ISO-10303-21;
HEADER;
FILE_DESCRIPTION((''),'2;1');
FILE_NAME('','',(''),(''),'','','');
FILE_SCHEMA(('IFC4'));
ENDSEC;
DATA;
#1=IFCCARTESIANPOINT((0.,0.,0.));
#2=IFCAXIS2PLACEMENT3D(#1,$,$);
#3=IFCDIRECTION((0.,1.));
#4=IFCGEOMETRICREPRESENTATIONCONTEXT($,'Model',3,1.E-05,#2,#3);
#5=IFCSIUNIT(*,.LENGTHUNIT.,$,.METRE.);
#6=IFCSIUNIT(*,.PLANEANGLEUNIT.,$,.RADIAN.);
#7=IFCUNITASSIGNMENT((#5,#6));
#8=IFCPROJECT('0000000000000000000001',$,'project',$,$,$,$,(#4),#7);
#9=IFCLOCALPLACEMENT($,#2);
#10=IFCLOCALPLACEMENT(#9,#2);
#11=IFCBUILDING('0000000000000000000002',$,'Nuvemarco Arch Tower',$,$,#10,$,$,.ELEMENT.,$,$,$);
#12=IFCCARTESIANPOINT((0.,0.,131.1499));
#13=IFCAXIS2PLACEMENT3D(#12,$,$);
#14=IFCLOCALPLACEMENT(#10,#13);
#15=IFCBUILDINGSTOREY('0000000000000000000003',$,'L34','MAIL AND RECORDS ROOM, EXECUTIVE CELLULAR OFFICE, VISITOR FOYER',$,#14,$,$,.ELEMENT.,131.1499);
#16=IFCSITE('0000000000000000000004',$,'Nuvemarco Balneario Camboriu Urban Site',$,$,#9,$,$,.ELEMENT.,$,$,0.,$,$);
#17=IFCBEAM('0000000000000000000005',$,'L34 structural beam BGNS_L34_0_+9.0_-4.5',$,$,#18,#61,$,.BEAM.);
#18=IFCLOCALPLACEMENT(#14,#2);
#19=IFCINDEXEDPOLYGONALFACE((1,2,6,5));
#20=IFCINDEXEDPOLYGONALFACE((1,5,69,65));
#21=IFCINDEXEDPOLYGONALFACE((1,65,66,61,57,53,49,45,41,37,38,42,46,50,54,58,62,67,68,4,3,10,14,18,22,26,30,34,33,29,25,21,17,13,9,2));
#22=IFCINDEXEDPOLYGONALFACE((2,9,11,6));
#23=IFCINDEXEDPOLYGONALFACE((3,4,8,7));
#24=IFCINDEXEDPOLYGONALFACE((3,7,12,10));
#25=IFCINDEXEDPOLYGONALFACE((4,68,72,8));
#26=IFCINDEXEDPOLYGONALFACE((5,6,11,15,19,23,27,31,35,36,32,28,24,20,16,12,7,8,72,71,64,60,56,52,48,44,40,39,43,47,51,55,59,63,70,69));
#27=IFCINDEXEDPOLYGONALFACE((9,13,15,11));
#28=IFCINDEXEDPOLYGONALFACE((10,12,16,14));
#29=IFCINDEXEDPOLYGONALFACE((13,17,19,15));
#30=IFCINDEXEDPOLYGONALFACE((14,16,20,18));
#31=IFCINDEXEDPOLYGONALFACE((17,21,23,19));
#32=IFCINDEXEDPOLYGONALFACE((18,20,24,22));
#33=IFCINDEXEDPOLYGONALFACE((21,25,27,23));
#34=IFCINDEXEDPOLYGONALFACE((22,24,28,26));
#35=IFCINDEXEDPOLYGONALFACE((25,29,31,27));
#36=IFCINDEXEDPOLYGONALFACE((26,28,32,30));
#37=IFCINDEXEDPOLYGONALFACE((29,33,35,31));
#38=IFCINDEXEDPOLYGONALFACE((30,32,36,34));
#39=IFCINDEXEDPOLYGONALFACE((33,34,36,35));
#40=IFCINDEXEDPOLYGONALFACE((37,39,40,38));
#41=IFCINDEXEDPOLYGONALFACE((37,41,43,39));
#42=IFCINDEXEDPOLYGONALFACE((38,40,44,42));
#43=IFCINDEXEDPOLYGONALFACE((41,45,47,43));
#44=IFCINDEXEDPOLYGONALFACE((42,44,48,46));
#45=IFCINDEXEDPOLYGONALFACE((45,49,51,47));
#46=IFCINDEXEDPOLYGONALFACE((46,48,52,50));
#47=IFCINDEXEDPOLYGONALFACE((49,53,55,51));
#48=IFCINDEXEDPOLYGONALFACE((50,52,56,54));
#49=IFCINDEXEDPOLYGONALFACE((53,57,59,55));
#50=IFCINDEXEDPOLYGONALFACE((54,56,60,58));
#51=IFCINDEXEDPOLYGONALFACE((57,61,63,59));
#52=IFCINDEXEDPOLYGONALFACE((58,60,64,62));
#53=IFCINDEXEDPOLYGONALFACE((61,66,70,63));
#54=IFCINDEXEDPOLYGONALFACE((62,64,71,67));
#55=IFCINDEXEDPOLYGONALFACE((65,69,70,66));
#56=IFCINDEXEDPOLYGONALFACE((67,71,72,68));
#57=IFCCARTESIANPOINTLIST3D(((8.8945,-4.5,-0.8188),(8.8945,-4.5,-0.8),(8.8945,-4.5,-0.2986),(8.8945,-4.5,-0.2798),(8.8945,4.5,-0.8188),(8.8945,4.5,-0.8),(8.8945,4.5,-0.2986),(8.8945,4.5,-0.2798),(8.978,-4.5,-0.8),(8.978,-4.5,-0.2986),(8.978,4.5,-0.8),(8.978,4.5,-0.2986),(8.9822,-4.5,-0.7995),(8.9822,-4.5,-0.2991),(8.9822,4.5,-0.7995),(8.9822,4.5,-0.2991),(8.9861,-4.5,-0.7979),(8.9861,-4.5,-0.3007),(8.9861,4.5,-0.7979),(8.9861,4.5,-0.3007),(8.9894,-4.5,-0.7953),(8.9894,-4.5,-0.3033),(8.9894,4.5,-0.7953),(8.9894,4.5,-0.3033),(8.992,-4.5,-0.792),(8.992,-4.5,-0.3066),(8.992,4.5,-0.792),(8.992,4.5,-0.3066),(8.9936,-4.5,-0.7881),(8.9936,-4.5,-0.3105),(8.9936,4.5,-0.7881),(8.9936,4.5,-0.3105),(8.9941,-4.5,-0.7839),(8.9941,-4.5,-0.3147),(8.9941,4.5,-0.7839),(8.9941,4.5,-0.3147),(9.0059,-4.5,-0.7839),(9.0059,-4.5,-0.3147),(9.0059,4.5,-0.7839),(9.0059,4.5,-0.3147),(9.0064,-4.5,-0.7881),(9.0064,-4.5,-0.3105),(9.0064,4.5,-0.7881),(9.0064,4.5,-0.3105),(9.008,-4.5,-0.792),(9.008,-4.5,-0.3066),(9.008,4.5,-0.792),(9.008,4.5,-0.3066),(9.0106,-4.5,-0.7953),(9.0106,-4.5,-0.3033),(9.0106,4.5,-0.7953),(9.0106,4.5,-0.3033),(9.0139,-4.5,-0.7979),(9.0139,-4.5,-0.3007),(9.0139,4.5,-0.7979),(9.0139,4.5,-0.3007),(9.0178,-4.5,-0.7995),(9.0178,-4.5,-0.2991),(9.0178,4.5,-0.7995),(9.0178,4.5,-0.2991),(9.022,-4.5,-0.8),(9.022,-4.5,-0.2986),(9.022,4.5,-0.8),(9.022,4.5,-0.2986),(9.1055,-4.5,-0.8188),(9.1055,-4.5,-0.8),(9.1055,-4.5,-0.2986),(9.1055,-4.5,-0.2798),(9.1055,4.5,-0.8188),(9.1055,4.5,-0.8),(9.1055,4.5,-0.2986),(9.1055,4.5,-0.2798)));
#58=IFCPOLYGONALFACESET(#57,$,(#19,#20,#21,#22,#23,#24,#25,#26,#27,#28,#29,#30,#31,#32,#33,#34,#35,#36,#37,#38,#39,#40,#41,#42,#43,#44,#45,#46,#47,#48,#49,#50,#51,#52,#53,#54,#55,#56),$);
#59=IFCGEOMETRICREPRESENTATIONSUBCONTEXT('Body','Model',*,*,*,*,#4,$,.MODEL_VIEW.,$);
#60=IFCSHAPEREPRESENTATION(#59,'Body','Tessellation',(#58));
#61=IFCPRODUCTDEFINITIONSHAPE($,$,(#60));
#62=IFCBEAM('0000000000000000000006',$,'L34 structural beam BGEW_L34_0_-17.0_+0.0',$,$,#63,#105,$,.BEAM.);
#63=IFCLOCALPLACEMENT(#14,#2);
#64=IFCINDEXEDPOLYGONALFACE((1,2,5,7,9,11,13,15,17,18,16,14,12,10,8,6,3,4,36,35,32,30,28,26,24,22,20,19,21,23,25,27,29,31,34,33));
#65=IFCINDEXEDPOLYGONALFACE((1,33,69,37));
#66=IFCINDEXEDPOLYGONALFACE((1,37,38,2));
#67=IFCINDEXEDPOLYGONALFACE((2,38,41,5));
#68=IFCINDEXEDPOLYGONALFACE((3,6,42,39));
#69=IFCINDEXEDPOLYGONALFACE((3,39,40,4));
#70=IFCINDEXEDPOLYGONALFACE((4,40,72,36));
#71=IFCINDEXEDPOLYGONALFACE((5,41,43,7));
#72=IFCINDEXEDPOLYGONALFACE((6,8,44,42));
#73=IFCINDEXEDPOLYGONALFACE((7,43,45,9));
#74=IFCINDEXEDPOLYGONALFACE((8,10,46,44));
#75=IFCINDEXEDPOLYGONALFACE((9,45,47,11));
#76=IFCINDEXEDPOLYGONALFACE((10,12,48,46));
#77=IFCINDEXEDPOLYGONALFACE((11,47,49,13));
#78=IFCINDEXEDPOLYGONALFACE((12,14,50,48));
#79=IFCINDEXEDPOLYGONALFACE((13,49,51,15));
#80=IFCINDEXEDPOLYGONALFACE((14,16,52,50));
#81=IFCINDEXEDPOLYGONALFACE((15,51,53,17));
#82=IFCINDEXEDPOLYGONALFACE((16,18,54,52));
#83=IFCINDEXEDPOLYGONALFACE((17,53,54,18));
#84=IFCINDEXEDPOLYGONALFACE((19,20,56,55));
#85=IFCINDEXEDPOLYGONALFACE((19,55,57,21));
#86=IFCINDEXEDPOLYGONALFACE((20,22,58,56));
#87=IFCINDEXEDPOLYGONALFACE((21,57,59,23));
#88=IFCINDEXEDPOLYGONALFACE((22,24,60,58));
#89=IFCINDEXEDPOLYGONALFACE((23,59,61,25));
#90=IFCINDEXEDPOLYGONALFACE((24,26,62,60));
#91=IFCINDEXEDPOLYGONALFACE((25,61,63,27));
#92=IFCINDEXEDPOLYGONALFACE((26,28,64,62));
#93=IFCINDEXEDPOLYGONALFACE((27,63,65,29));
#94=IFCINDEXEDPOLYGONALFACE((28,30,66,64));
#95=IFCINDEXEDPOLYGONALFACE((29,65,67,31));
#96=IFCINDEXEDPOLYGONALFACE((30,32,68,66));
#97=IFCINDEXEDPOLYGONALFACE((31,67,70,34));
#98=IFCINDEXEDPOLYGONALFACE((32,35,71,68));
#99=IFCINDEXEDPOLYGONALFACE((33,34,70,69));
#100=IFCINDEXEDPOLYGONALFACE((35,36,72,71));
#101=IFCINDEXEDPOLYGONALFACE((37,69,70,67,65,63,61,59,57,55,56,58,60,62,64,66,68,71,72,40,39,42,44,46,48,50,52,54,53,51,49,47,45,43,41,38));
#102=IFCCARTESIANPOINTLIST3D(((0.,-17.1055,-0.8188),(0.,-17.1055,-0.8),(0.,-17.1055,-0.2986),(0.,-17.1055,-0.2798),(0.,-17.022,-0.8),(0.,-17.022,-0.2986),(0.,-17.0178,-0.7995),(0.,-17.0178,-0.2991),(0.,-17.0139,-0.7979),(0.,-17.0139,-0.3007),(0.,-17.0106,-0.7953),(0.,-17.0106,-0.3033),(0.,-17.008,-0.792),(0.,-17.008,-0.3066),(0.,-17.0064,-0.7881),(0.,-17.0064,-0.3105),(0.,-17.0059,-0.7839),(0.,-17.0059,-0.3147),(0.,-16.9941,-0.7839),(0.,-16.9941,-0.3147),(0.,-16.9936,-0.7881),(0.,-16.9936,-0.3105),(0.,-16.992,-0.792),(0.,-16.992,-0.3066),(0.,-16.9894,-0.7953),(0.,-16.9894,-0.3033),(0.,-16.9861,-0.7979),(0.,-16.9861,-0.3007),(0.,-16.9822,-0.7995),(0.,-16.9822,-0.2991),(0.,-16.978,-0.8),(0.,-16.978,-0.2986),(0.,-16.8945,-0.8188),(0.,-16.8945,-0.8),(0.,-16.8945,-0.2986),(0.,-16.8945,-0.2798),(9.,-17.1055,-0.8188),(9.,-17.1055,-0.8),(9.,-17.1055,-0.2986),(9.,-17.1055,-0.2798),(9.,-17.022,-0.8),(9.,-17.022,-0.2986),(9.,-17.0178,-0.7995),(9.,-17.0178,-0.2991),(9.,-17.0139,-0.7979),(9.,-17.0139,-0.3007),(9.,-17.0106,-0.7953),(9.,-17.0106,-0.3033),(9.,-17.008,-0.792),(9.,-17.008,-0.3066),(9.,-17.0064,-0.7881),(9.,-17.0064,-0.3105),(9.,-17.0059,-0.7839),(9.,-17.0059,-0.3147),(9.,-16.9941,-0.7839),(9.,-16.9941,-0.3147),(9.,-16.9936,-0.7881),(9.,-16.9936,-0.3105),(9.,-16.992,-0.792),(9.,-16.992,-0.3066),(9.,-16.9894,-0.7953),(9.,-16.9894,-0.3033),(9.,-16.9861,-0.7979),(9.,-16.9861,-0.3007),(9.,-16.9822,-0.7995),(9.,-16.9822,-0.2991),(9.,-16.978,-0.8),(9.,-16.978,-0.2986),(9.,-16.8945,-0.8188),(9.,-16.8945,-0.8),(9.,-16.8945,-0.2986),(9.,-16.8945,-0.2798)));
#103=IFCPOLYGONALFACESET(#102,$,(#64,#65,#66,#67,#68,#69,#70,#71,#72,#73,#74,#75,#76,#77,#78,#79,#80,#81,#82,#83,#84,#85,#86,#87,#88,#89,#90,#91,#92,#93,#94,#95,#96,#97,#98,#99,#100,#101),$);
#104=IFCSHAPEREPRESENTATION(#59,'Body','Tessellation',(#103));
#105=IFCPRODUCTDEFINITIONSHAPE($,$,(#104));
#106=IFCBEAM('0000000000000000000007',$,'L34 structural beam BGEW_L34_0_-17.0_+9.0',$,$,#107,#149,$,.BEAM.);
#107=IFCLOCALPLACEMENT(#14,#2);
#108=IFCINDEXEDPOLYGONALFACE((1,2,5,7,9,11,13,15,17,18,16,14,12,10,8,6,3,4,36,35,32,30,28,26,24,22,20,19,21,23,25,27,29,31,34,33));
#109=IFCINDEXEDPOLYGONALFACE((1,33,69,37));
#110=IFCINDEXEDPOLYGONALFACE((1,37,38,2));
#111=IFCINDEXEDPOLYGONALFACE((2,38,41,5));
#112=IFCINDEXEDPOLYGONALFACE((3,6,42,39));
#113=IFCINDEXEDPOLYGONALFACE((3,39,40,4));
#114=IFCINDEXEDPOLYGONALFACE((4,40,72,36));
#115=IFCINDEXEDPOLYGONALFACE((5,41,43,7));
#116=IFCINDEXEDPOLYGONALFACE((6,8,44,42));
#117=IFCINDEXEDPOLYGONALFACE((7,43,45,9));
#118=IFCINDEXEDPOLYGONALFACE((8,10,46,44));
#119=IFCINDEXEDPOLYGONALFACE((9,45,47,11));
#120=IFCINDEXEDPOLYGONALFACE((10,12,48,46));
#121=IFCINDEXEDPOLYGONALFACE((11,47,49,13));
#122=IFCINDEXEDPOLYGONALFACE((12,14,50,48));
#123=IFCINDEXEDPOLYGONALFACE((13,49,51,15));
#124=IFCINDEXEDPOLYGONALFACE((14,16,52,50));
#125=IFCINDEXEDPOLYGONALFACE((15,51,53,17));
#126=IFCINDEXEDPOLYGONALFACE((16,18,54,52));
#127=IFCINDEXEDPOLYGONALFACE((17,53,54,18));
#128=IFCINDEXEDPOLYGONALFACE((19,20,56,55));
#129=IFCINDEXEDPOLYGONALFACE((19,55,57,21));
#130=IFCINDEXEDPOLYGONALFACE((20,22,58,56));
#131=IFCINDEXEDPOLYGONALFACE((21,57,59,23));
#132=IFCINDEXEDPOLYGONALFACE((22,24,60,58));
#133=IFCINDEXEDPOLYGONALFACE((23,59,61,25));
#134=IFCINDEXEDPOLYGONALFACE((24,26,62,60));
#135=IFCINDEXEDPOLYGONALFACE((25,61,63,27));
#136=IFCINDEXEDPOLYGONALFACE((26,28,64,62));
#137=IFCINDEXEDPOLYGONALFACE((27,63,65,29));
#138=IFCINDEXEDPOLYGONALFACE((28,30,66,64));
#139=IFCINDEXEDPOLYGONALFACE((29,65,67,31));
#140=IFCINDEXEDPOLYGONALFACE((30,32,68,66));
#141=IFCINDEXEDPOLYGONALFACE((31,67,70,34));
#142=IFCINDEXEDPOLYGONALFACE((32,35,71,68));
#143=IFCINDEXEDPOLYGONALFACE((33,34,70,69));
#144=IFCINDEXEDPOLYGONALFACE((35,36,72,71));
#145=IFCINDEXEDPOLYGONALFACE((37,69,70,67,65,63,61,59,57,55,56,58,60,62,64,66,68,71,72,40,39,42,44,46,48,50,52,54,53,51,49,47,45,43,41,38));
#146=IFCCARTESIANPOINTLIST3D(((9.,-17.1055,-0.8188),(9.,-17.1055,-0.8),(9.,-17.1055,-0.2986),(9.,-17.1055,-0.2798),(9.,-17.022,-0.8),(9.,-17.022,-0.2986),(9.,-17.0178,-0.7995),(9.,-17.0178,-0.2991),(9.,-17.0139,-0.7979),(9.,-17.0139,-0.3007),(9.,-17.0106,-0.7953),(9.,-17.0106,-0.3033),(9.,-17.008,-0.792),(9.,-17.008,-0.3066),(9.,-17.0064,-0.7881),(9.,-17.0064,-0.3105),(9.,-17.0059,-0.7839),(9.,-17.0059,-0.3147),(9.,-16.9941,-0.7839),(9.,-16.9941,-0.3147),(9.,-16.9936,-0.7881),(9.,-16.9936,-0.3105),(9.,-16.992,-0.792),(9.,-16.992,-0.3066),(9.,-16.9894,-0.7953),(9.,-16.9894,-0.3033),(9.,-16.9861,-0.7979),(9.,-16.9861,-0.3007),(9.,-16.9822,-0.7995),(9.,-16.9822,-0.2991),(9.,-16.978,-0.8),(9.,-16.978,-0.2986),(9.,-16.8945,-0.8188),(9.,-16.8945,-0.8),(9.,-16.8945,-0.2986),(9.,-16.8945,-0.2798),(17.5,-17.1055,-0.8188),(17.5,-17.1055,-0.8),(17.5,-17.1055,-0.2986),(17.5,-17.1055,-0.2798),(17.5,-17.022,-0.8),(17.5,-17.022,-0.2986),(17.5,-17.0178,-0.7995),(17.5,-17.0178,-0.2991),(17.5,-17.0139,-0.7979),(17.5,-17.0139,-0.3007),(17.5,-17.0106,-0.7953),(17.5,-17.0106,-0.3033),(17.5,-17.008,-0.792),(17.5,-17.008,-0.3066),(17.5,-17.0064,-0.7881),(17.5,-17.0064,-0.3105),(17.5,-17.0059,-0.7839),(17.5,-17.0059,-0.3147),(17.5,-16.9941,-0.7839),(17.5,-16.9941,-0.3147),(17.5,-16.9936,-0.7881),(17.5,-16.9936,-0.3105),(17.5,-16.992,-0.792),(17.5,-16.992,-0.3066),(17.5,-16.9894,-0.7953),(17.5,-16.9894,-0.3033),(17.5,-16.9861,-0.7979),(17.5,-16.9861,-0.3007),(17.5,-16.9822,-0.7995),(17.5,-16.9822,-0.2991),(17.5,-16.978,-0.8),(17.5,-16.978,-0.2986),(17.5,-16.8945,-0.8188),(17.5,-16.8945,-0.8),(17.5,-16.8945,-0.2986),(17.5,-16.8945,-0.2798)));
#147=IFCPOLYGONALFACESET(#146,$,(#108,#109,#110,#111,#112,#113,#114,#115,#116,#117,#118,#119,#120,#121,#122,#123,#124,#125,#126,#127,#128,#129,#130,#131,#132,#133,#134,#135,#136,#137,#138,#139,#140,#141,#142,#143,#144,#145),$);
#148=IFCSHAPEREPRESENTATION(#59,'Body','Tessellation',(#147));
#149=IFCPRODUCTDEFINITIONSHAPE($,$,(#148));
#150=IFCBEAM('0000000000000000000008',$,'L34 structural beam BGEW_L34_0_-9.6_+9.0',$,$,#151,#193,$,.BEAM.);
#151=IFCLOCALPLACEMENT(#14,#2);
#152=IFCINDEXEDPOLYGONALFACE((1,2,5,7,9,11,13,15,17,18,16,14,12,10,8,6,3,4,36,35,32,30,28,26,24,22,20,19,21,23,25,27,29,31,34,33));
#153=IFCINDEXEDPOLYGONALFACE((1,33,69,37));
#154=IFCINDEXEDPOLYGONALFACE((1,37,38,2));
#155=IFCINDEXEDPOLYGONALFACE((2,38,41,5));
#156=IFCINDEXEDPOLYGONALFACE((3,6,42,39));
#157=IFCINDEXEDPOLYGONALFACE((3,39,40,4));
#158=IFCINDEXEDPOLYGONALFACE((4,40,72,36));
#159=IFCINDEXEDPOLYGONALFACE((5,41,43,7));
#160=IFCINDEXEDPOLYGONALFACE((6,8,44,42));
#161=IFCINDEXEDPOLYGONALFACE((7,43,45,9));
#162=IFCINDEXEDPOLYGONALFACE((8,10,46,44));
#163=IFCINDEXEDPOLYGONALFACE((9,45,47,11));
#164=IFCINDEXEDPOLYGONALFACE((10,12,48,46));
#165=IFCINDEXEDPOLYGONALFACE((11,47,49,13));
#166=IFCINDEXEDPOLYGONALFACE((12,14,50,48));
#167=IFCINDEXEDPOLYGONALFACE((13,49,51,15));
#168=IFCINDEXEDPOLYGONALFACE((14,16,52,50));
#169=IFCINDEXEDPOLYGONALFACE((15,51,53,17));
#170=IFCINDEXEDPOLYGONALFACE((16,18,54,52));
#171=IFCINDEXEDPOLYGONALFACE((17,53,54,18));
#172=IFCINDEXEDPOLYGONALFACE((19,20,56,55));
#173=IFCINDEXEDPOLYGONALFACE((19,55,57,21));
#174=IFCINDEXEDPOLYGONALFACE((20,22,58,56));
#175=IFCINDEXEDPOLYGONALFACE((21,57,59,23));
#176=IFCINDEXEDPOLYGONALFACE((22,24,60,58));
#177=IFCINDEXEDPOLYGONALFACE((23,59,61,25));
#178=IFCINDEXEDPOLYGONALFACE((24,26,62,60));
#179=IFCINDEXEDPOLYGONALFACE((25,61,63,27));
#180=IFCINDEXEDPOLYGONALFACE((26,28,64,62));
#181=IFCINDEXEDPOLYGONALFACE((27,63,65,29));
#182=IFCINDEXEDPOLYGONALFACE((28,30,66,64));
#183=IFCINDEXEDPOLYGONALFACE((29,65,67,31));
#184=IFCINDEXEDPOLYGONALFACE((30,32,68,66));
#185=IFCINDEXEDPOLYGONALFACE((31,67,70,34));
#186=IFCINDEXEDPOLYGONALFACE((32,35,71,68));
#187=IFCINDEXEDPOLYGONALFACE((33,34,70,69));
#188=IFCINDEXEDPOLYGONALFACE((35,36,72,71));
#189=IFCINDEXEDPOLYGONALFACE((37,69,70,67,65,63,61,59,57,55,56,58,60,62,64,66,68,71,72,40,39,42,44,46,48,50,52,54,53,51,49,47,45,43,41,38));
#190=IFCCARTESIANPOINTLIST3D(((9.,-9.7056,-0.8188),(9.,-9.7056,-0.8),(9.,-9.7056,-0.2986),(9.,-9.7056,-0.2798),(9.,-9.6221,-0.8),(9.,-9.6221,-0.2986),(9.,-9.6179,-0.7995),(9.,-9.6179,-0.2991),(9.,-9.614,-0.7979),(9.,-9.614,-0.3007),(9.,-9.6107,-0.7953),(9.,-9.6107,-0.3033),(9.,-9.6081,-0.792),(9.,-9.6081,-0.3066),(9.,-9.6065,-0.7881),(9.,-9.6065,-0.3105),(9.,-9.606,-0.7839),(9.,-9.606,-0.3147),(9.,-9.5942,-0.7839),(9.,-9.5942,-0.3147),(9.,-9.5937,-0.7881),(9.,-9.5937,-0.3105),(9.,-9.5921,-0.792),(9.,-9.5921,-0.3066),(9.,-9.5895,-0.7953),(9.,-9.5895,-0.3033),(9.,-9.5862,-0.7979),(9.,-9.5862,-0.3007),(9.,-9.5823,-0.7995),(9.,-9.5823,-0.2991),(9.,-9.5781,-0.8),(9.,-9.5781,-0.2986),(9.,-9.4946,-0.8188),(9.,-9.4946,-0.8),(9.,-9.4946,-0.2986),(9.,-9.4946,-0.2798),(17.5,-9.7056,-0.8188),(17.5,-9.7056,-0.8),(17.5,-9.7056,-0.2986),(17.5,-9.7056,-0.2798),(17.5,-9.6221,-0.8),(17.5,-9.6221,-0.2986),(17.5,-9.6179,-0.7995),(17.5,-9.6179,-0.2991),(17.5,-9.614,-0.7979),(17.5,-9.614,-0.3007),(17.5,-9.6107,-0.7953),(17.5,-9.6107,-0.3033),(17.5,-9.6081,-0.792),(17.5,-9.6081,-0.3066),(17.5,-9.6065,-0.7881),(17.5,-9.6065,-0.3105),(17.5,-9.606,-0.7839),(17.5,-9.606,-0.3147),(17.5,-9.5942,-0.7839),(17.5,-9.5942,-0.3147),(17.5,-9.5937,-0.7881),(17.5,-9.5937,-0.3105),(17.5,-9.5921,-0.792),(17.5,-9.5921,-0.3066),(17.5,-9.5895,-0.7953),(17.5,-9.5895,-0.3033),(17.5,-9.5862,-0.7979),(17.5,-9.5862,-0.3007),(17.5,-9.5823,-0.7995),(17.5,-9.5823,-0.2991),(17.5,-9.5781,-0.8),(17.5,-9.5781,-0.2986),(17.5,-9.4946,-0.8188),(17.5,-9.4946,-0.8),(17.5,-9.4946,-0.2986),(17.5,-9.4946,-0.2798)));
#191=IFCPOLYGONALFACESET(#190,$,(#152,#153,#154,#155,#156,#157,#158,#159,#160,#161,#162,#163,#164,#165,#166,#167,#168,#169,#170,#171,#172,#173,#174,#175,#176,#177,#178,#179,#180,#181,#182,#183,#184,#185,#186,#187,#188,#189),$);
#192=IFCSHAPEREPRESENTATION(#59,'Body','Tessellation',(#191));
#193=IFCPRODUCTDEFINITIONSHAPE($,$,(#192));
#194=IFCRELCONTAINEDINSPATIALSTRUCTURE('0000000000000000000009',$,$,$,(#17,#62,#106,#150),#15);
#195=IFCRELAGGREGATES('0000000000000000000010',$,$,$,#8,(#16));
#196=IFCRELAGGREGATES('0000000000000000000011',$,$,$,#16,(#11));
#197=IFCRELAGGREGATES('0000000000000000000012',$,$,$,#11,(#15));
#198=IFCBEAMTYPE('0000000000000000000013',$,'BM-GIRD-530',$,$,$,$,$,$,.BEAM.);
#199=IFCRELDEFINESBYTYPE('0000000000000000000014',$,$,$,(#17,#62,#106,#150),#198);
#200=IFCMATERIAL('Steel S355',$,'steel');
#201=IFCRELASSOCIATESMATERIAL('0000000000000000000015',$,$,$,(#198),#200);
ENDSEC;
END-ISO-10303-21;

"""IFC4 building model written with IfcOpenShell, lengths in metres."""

from ifc_helpers import new_model, si_unit, direction, frame, origin, origin_2d, place, context, subcontext, project, spatial, i_section, extrude, material, material_profile, profile_set, type_object, element, save


model = new_model("IFC4")

# Units and contexts
model_context = context("Model", 3, precision=1e-05, world=origin(), true_north=direction((0.0, 1.0)))
body_context = subcontext(model_context, "Body", "Model", "MODEL_VIEW")
ifc_project = project(units=[si_unit("LENGTHUNIT", "METRE"), si_unit("PLANEANGLEUNIT", "RADIAN")], contexts=[model_context])

# Site, building, storey
site_placement = place(None, origin())
site = spatial("IfcSite", under=ifc_project, at=site_placement, Name="Nuvemarco Balneario Camboriu Urban Site", CompositionType="ELEMENT", RefElevation=0.0)
building_placement = place(site_placement, origin())
building = spatial("IfcBuilding", under=site, at=building_placement, Name="Nuvemarco Arch Tower", CompositionType="ELEMENT")
storey_placement = place(building_placement, frame((0.0, 0.0, 131.1499)))
storey = spatial("IfcBuildingStorey", under=building, at=storey_placement, Name="L34", Description="MAIL AND RECORDS ROOM, EXECUTIVE CELLULAR OFFICE, VISITOR FOYER", CompositionType="ELEMENT", Elevation=131.1499)

# Shared definitions
ifc_material_1 = material(Name="Steel S355", Category="steel")

# Beams
ifc_material_profile_1 = material_profile(ifc_material_1, i_section(OverallWidth=0.2109, OverallDepth=0.5391, WebThickness=0.0117, FlangeThickness=0.0188, FilletRadius=0.0161, at=origin_2d()), Name="W530x109")
ifc_profile_set_1 = profile_set([ifc_material_profile_1], Name="Steel S355")
beam_type_1 = type_object("IfcBeamType", Name="BM-GIRD-530", PredefinedType="BEAM", material=ifc_profile_set_1)
for number, where, z_axis, x_axis, name in (
    (1, (9.0, -4.5, -0.5493), (0.0, 1.0, 0.0), (-1.0, 0.0, 0.0), "L34 structural beam BGNS_L34_0_+9.0_-4.5"),
    (2, (0.0, -17.0, -0.5493), (1.0, 0.0, 0.0), (0.0, 1.0, 0.0), "L34 structural beam BGEW_L34_0_-17.0_+0.0"),
):
    element("IfcBeam", number, at=place(storey_placement, frame(where, z_axis=z_axis, x_axis=x_axis)), inside=storey, type_object=beam_type_1, Name=name, PredefinedType="BEAM", context=body_context, shape_type="SweptSolid", body=[
        extrude(i_section(OverallWidth=0.2109, OverallDepth=0.5391, WebThickness=0.0117, FlangeThickness=0.0188, FilletRadius=0.0161, at=origin_2d()), origin(), (0.0, 0.0, 1.0), 9.0),
    ])
for number, where, z_axis, x_axis, name in (
    (3, (9.0, -17.0, -0.5493), (1.0, 0.0, 0.0), (0.0, 1.0, 0.0), "L34 structural beam BGEW_L34_0_-17.0_+9.0"),
    (4, (9.0, -9.6001, -0.5493), (1.0, 0.0, 0.0), (0.0, 1.0, 0.0), "L34 structural beam BGEW_L34_0_-9.6_+9.0"),
):
    element("IfcBeam", number, at=place(storey_placement, frame(where, z_axis=z_axis, x_axis=x_axis)), inside=storey, type_object=beam_type_1, Name=name, PredefinedType="BEAM", context=body_context, shape_type="SweptSolid", body=[
        extrude(i_section(OverallWidth=0.2109, OverallDepth=0.5391, WebThickness=0.0117, FlangeThickness=0.0188, FilletRadius=0.0161, at=origin_2d()), origin(), (0.0, 0.0, 1.0), 8.5),
    ])

save(model, "model.ifc")
